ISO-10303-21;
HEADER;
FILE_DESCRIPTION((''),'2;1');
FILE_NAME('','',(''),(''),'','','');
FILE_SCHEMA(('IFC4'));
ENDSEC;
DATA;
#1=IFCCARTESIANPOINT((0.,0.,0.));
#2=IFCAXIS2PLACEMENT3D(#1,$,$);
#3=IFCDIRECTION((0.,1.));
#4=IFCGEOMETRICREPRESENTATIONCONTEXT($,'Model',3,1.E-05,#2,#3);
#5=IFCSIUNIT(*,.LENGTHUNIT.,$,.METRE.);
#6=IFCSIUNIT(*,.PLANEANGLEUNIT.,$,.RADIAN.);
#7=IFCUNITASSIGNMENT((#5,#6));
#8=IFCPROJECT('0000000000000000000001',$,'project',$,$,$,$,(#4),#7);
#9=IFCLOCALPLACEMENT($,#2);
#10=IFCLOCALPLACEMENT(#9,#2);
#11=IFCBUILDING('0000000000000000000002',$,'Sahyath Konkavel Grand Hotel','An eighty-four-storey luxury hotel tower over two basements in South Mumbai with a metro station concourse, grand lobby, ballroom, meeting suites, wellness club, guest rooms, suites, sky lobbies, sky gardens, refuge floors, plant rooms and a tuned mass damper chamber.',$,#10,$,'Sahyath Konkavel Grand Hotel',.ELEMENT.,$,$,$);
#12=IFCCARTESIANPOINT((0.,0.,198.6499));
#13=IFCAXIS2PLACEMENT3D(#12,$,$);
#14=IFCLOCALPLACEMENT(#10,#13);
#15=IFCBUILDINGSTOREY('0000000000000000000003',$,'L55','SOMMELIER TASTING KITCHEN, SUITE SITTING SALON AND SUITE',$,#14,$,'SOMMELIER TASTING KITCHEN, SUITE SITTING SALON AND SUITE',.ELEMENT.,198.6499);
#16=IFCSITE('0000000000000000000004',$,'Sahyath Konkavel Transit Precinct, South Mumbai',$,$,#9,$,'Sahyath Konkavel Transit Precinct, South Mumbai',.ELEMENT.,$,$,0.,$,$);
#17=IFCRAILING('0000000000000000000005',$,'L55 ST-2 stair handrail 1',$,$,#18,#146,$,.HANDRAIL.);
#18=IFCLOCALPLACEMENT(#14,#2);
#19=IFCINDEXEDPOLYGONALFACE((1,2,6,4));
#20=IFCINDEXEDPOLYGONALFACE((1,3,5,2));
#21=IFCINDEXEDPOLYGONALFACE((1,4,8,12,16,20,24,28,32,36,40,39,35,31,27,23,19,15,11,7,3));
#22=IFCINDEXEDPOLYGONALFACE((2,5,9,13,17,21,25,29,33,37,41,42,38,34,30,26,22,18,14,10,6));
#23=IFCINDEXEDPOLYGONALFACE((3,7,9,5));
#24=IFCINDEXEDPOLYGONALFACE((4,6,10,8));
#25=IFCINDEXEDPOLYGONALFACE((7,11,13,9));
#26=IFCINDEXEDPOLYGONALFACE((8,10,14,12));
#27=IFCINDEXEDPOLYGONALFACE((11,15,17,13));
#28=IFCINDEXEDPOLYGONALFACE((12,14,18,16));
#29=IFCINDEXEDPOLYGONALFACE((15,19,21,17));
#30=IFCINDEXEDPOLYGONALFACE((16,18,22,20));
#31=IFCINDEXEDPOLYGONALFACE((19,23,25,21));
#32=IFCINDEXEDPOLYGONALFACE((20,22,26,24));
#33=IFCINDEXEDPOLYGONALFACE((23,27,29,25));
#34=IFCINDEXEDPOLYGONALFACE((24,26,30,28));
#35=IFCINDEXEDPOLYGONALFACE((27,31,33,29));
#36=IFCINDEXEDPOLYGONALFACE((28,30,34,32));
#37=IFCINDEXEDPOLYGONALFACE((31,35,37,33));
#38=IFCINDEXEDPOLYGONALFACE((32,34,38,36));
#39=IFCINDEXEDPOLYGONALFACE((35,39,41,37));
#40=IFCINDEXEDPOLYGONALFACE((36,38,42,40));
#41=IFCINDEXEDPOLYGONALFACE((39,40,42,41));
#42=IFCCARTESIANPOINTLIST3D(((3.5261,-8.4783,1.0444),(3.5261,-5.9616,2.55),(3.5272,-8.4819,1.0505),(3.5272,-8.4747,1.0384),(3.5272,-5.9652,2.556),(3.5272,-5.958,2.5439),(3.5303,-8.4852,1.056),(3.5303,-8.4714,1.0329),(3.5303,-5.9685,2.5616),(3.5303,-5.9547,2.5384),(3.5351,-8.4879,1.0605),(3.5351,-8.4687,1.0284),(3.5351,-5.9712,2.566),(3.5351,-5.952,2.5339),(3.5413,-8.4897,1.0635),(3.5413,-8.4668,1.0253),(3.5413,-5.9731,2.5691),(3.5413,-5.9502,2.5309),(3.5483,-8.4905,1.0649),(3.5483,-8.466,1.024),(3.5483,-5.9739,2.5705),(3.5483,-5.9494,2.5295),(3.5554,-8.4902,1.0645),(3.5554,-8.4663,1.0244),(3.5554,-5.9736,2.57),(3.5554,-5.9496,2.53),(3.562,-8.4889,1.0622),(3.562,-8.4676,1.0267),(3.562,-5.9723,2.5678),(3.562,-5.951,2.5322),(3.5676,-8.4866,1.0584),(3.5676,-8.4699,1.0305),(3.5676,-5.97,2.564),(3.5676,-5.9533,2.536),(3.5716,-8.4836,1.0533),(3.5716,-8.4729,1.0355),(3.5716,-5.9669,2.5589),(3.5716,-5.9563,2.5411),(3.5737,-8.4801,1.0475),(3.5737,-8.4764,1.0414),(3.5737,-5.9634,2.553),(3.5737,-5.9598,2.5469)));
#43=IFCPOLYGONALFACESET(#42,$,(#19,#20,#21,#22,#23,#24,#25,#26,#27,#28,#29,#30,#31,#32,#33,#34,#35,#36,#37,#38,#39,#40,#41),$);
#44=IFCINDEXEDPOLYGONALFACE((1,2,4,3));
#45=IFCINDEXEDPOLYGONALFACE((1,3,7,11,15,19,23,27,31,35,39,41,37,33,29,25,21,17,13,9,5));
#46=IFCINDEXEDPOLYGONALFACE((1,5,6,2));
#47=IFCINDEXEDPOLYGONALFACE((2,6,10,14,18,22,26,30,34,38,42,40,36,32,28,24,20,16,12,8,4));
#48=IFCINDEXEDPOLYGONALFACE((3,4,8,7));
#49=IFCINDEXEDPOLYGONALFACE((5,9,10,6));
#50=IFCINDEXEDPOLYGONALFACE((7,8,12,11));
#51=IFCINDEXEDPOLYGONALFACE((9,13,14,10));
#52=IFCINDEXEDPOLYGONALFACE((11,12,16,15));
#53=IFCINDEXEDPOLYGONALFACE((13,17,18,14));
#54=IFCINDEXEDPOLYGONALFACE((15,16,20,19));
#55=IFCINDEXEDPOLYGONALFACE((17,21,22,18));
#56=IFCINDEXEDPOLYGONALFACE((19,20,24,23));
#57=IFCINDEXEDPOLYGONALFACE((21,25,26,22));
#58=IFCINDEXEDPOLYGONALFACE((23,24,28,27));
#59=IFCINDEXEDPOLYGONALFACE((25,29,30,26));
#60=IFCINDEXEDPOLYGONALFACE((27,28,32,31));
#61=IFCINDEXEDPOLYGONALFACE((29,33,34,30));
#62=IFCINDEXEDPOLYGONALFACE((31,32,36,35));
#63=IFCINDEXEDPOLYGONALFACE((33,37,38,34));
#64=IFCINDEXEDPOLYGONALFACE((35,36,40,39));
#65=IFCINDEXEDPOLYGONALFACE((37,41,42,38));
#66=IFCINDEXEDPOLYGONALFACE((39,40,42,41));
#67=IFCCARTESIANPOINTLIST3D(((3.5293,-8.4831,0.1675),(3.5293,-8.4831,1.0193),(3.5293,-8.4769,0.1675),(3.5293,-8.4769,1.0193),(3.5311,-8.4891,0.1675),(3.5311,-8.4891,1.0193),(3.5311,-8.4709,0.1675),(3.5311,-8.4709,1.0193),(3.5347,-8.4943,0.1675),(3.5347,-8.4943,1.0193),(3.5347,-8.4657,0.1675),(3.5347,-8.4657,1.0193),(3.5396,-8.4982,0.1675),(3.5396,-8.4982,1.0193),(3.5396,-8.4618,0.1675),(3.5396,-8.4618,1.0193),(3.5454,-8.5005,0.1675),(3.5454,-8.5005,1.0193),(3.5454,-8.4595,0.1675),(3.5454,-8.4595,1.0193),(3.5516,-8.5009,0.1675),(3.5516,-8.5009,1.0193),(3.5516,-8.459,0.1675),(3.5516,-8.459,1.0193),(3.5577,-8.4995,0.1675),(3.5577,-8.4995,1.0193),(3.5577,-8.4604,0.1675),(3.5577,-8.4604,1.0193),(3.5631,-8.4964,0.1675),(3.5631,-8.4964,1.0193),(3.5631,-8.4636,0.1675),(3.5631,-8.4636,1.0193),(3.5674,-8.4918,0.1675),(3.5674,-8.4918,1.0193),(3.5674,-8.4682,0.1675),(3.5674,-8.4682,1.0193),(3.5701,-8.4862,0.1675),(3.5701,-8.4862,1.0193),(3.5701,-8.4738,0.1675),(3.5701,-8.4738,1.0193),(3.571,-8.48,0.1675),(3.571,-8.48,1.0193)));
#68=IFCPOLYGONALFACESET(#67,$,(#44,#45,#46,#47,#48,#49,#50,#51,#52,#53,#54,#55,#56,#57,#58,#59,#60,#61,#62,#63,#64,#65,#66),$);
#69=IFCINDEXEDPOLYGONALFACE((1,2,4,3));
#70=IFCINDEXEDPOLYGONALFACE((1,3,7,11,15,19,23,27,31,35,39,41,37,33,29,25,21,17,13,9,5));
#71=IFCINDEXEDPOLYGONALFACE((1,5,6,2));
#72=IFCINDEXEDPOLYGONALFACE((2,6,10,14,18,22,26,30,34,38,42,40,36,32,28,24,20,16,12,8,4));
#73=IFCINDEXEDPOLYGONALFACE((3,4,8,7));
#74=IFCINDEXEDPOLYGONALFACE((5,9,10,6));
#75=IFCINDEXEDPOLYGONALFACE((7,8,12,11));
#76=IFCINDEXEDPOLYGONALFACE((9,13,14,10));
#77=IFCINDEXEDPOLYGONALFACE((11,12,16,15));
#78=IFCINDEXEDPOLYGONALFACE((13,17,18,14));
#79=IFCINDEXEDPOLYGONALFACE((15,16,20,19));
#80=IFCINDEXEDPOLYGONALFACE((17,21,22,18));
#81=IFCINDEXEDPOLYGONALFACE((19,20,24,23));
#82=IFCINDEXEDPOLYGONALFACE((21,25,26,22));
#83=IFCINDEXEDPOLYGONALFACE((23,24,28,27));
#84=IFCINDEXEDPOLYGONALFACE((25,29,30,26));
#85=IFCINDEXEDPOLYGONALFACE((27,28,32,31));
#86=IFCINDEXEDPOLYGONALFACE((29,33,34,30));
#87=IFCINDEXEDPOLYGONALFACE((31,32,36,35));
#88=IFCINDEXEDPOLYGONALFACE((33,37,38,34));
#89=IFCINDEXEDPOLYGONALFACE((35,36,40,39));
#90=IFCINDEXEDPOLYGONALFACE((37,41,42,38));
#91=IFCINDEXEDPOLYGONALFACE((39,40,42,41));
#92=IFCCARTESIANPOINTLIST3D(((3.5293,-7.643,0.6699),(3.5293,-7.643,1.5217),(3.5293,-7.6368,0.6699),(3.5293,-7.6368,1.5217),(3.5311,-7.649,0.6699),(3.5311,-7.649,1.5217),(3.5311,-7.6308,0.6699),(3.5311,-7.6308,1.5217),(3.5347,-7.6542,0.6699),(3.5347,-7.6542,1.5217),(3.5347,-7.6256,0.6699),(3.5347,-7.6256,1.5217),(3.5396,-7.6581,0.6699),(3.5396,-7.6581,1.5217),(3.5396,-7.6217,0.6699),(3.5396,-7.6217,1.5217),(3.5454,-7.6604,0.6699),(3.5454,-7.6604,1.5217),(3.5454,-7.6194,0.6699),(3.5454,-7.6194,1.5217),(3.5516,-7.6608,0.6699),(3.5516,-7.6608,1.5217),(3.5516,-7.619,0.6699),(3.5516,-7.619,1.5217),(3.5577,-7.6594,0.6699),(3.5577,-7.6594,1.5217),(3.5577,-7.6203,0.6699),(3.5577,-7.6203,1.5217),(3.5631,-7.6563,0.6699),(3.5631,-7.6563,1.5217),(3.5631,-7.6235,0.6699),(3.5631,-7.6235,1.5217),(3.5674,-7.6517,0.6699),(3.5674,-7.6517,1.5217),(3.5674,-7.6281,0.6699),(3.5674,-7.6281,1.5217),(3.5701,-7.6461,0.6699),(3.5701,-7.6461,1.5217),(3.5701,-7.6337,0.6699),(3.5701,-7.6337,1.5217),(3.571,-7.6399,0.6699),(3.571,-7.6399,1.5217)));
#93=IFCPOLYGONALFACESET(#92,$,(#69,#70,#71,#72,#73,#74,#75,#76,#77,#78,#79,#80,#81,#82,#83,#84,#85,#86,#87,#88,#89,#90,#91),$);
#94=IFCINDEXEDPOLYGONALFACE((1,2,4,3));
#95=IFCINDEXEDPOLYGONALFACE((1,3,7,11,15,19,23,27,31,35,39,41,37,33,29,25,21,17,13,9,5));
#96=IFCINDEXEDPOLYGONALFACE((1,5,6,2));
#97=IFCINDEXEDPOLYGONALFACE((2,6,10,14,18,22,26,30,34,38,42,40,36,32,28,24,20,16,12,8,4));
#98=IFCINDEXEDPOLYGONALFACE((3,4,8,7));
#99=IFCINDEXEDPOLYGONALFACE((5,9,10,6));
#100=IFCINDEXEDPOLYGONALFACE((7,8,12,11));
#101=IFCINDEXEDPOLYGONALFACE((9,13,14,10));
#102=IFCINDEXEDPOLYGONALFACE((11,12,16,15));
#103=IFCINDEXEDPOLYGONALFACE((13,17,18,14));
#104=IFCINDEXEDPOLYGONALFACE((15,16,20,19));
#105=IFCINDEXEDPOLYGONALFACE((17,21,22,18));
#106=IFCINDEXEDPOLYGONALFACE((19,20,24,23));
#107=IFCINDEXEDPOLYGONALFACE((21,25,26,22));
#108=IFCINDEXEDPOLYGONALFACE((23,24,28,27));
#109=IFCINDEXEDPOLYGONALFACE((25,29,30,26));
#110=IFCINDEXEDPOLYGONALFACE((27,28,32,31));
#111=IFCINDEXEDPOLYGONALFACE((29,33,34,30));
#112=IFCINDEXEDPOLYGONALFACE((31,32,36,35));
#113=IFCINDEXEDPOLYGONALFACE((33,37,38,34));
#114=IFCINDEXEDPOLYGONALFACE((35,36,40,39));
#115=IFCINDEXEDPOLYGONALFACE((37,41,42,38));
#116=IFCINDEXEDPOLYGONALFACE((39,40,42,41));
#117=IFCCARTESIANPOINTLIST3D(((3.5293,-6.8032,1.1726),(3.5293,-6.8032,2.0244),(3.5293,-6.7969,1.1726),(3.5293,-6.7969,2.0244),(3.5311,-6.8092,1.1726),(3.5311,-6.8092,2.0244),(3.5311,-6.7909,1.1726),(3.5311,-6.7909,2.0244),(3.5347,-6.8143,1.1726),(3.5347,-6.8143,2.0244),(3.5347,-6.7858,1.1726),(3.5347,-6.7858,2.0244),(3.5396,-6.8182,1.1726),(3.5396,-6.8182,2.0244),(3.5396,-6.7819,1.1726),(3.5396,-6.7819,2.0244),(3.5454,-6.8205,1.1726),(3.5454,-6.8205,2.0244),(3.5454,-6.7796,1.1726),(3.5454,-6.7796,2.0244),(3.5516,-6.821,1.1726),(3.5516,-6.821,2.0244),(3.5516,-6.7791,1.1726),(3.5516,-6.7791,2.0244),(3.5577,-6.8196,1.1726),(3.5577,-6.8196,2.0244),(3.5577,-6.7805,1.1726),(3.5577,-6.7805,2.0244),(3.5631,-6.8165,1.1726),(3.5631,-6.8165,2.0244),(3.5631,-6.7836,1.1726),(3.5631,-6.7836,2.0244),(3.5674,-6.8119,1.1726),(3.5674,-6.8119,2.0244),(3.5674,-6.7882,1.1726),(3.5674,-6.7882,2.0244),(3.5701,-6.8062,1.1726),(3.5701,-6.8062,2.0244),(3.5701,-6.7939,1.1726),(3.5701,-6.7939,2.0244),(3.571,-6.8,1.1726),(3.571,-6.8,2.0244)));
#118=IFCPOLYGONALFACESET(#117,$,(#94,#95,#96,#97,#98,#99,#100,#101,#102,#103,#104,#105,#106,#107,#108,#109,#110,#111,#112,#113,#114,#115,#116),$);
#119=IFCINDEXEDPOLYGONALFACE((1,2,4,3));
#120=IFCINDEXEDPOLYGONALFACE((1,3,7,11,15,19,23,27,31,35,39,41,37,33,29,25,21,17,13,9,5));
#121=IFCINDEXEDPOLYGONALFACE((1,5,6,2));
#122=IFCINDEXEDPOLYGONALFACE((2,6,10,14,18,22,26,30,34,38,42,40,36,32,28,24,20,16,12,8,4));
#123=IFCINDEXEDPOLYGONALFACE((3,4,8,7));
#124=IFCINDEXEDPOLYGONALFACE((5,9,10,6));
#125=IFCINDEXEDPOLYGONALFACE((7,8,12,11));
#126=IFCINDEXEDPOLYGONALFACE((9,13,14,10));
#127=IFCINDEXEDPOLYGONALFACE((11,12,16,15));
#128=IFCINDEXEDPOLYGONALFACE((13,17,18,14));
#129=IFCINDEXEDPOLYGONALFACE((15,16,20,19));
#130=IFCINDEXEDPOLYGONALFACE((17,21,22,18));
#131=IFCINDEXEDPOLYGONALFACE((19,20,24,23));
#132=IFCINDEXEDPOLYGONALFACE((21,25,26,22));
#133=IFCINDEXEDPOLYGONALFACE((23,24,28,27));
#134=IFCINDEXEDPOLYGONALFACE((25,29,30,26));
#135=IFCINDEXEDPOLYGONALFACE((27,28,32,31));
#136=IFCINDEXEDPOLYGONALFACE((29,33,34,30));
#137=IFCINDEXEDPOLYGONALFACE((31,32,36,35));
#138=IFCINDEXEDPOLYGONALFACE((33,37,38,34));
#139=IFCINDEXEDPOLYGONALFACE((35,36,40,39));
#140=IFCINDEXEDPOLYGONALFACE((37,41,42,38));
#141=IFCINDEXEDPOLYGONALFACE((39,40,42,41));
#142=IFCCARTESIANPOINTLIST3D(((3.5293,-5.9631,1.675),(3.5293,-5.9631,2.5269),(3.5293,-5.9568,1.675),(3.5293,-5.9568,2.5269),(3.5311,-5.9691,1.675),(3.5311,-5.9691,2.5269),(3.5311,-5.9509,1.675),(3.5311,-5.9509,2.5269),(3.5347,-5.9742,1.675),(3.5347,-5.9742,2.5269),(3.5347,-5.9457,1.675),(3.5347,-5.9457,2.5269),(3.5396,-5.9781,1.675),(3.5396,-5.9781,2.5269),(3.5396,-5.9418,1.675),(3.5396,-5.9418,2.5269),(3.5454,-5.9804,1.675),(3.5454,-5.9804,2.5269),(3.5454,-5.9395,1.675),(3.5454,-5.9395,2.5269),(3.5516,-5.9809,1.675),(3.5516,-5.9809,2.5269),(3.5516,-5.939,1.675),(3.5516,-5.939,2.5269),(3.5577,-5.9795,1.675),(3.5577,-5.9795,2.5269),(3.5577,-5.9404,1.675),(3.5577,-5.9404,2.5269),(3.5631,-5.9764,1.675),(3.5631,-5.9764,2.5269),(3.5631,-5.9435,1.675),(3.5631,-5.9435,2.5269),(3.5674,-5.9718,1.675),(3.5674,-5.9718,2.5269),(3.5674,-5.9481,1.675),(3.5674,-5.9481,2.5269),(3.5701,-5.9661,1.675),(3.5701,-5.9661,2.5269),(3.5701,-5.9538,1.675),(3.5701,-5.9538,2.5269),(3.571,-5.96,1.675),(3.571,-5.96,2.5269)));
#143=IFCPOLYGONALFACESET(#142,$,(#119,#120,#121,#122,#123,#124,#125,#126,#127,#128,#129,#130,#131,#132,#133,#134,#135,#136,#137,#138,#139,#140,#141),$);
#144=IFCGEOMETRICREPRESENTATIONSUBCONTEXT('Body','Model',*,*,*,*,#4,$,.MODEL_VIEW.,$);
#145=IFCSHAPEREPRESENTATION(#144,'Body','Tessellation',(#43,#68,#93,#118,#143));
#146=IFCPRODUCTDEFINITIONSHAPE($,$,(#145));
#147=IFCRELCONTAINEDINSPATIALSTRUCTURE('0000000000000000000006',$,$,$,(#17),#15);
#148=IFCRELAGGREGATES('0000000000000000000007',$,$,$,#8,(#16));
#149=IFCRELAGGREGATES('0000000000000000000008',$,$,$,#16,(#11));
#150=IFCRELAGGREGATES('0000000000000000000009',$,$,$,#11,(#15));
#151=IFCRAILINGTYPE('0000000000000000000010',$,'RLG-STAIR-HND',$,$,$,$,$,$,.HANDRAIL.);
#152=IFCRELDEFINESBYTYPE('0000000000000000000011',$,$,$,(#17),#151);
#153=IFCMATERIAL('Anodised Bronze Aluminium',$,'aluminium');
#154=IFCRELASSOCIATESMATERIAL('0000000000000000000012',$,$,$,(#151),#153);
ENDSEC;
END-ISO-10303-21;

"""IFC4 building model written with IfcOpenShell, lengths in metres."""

from ifc_helpers import new_model, si_unit, direction, frame, origin, origin_2d, place, context, subcontext, project, spatial, circle, extrude, material, type_object, element, save


model = new_model("IFC4")

# Units and contexts
model_context = context("Model", 3, precision=1e-05, world=origin(), true_north=direction((0.0, 1.0)))
body_context = subcontext(model_context, "Body", "Model", "MODEL_VIEW")
ifc_project = project(units=[si_unit("LENGTHUNIT", "METRE"), si_unit("PLANEANGLEUNIT", "RADIAN")], contexts=[model_context])

# Site, building, storey
site_placement = place(None, origin())
site = spatial("IfcSite", under=ifc_project, at=site_placement, Name="Sahyath Konkavel Transit Precinct, South Mumbai", LongName="Sahyath Konkavel Transit Precinct, South Mumbai", CompositionType="ELEMENT", RefElevation=0.0)
building_placement = place(site_placement, origin())
building = spatial("IfcBuilding", under=site, at=building_placement, Name="Sahyath Konkavel Grand Hotel", Description="An eighty-four-storey luxury hotel tower over two basements in South Mumbai with a metro station concourse, grand lobby, ballroom, meeting suites, wellness club, guest rooms, suites, sky lobbies, sky gardens, refuge floors, plant rooms and a tuned mass damper chamber.", LongName="Sahyath Konkavel Grand Hotel", CompositionType="ELEMENT")
storey_placement = place(building_placement, frame((0.0, 0.0, 198.6499)))
storey = spatial("IfcBuildingStorey", under=building, at=storey_placement, Name="L55", Description="SOMMELIER TASTING KITCHEN, SUITE SITTING SALON AND SUITE", LongName="SOMMELIER TASTING KITCHEN, SUITE SITTING SALON AND SUITE", CompositionType="ELEMENT", Elevation=198.6499)

# Shared definitions
ifc_material_1 = material(Name="Anodised Bronze Aluminium", Category="aluminium")

# Railing
railing_type_1 = type_object("IfcRailingType", Name="RLG-STAIR-HND", PredefinedType="HANDRAIL", material=ifc_material_1)
railing_1_placement = place(storey_placement, frame((3.55, -8.48, 0.1675)))
element("IfcRailing", 1, at=railing_1_placement, inside=storey, type_object=railing_type_1, Name="L55 ST-2 stair handrail 1", PredefinedType="HANDRAIL", context=body_context, shape_type="SweptSolid", body=[
    extrude(circle(Radius=0.0239, at=origin_2d()), frame((0.0, 0.0017, 0.877), z_axis=(0.0, 0.85816, 0.513383), x_axis=(-1.0, 0.0, 0.0)), (0.0, 0.0, 1.0), 2.9326),
    extrude(circle(Radius=0.021, at=origin_2d()), origin(), (0.0, 0.0, 1.0), 0.8518),
    extrude(circle(Radius=0.021, at=origin_2d()), frame((0.0, 0.8401, 0.5024)), (0.0, 0.0, 1.0), 0.8518),
    extrude(circle(Radius=0.021, at=origin_2d()), frame((0.0, 1.6799, 1.0051)), (0.0, 0.0, 1.0), 0.8518),
    extrude(circle(Radius=0.021, at=origin_2d()), frame((0.0, 2.52, 1.5076)), (0.0, 0.0, 1.0), 0.8518),
])

save(model, "model.ifc")
